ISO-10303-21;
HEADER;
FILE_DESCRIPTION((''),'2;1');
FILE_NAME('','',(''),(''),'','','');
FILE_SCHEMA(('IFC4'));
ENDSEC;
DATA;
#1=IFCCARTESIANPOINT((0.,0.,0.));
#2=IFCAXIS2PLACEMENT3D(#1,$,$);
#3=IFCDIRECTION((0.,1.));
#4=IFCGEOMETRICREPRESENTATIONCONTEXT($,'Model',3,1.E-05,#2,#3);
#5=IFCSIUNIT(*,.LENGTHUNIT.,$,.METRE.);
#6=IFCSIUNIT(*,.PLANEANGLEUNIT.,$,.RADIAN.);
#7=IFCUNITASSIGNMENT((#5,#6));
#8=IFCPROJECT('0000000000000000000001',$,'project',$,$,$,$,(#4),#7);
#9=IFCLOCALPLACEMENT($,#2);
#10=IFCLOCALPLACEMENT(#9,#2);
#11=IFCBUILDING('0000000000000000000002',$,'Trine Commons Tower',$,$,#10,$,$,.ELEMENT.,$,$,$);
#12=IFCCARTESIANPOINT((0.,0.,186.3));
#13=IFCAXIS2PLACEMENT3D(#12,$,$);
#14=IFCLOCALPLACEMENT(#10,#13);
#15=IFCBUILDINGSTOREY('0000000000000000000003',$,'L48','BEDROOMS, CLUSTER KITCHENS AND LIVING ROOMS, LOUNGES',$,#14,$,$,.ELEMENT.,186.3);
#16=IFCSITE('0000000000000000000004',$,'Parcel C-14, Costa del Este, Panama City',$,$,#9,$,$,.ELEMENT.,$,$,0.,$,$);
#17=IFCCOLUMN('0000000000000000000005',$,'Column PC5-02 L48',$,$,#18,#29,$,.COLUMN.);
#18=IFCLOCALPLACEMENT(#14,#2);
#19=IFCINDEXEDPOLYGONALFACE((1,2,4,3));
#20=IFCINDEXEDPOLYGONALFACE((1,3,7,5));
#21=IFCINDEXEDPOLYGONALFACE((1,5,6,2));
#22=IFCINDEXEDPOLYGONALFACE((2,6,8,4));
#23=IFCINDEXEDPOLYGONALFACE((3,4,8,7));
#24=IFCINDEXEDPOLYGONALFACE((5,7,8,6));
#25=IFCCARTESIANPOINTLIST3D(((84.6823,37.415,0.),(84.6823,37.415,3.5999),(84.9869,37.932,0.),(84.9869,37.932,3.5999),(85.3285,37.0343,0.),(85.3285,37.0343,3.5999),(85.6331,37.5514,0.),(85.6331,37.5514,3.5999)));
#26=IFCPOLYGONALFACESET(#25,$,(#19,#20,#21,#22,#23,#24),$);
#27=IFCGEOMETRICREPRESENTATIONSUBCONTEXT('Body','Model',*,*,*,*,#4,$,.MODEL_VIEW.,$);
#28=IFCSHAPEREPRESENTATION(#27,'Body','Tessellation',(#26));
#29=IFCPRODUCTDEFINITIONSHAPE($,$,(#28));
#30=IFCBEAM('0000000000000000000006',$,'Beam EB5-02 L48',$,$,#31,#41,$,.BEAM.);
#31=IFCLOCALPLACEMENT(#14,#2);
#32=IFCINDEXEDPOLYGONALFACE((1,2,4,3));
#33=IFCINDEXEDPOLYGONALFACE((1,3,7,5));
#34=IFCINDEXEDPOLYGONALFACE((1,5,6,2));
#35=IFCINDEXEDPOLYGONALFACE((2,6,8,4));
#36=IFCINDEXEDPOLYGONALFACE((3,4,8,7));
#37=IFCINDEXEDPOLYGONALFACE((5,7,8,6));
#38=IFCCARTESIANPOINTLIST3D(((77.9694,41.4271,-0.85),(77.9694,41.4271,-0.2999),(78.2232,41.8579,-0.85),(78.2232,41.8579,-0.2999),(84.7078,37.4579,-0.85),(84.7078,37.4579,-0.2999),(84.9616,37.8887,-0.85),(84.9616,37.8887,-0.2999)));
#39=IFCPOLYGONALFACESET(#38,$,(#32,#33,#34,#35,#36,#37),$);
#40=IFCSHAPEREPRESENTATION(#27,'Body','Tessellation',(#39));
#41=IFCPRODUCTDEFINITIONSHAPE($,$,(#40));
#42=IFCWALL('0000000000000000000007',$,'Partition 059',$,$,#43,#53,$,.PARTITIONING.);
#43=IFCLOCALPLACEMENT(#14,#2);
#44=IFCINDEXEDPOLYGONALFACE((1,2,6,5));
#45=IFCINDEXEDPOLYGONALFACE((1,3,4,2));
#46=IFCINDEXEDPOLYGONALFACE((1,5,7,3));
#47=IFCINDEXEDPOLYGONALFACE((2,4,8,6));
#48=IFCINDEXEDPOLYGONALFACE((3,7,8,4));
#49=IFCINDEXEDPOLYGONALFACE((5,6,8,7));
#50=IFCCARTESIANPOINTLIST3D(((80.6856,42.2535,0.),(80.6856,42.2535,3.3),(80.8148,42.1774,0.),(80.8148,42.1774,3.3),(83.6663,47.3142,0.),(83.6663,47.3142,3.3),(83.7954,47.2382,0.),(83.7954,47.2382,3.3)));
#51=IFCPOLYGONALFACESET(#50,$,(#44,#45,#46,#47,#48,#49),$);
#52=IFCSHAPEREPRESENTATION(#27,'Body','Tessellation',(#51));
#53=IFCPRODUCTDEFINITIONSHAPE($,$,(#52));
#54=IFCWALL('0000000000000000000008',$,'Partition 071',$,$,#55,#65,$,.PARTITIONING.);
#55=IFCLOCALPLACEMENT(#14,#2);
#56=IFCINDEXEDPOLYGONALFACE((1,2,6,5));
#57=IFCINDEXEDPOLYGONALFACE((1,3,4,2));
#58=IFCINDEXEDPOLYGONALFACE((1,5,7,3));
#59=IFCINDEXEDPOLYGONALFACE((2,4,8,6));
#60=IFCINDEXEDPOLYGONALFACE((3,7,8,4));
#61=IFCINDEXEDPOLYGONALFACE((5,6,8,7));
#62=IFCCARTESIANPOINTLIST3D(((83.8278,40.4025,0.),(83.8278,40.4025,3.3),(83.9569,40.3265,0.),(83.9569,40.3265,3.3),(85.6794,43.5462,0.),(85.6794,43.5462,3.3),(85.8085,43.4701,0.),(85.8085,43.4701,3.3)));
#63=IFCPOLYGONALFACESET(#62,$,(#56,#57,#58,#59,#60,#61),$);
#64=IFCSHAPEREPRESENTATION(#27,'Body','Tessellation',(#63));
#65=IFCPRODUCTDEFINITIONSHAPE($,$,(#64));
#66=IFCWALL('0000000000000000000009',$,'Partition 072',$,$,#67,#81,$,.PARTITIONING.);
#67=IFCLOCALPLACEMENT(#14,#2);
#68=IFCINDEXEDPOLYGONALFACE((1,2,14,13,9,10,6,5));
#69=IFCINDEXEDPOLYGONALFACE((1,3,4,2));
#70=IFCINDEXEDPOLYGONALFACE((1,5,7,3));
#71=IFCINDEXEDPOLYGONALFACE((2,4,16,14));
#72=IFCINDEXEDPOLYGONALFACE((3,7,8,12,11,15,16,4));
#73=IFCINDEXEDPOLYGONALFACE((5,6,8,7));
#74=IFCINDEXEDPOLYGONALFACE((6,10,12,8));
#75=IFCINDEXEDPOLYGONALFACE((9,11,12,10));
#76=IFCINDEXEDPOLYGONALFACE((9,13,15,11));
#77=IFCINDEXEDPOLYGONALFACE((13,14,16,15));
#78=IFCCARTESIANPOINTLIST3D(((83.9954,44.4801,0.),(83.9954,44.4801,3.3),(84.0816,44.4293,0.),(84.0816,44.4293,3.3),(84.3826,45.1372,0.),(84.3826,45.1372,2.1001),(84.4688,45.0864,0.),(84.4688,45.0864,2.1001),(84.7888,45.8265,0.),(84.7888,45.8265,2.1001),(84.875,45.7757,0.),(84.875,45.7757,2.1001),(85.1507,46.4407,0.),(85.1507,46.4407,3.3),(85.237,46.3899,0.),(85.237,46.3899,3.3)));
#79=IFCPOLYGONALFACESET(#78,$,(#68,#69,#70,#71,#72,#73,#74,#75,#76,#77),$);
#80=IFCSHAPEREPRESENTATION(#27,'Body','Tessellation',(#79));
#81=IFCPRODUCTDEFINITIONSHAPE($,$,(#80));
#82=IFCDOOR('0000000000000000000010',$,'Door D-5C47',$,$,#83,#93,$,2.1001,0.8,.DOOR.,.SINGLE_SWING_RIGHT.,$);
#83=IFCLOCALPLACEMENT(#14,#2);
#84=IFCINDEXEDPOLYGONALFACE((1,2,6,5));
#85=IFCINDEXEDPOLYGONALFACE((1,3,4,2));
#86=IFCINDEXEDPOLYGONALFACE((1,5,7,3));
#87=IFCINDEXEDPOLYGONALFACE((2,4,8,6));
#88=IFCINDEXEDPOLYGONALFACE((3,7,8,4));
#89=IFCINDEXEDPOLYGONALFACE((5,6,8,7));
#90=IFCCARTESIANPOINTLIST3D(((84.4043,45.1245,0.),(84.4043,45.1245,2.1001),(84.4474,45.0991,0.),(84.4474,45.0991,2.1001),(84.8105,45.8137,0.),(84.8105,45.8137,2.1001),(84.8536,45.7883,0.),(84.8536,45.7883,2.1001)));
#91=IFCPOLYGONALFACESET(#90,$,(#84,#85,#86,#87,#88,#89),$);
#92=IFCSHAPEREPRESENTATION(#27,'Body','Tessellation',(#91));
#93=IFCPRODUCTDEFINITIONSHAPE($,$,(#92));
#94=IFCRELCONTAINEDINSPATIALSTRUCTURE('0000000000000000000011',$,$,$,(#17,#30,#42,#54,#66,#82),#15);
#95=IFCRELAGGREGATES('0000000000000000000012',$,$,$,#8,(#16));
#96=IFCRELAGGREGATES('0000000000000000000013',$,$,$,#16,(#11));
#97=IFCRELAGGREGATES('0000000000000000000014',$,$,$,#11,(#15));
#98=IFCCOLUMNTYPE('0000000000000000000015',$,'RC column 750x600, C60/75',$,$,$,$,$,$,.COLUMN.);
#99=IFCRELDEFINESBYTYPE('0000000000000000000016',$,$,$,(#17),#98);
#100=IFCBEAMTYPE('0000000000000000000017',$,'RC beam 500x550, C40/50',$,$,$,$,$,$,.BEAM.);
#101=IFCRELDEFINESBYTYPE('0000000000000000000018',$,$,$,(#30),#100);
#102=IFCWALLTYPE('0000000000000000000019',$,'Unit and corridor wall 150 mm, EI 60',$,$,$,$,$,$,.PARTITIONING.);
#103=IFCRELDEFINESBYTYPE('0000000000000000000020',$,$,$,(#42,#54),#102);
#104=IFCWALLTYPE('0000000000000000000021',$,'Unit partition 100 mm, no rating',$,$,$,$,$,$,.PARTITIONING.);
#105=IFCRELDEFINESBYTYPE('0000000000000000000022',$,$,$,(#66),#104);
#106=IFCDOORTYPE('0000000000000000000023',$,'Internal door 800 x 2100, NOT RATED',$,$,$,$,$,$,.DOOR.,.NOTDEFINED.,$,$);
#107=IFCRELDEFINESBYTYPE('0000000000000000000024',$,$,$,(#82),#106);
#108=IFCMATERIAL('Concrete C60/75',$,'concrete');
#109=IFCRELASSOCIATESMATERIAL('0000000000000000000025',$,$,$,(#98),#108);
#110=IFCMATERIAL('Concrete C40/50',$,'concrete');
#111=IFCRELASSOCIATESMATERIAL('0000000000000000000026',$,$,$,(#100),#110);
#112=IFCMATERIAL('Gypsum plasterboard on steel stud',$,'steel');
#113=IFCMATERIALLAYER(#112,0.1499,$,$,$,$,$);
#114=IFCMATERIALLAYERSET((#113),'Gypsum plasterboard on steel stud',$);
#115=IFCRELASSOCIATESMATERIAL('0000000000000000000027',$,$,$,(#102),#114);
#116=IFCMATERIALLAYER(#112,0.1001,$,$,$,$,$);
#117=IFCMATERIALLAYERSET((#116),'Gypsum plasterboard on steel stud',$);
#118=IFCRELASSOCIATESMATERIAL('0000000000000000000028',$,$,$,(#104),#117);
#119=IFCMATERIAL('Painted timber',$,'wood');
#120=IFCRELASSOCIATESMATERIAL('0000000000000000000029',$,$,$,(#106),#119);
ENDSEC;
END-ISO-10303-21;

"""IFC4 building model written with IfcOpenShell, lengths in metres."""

from ifc_helpers import new_model, si_unit, direction, frame, frame_2d, origin, origin_2d, place, context, subcontext, project, spatial, rectangle, extrude, material, layer, layer_set, material_profile, profile_set, type_object, element, fill, save


model = new_model("IFC4")

# Units and contexts
model_context = context("Model", 3, precision=1e-05, world=origin(), true_north=direction((0.0, 1.0)))
body_context = subcontext(model_context, "Body", "Model", "MODEL_VIEW")
ifc_project = project(units=[si_unit("LENGTHUNIT", "METRE"), si_unit("PLANEANGLEUNIT", "RADIAN")], contexts=[model_context])

# Site, building, storey
site_placement = place(None, origin())
site = spatial("IfcSite", under=ifc_project, at=site_placement, Name="Parcel C-14, Costa del Este, Panama City", CompositionType="ELEMENT", RefElevation=0.0)
building_placement = place(site_placement, origin())
building = spatial("IfcBuilding", under=site, at=building_placement, Name="Trine Commons Tower", CompositionType="ELEMENT")
storey_placement = place(building_placement, frame((0.0, 0.0, 186.3)))
storey = spatial("IfcBuildingStorey", under=building, at=storey_placement, Name="L48", Description="BEDROOMS, CLUSTER KITCHENS AND LIVING ROOMS, LOUNGES", CompositionType="ELEMENT", Elevation=186.3)

# Column
ifc_material_1 = material(Name="Concrete C60/75", Category="concrete")
ifc_material_profile_1 = material_profile(ifc_material_1, rectangle(XDim=0.75, YDim=0.6001, at=origin_2d()), Name="RC 750x600")
ifc_profile_set_1 = profile_set([ifc_material_profile_1], Name="Concrete C60/75")
column_type = type_object("IfcColumnType", Name="RC column 750x600, C60/75", PredefinedType="COLUMN", material=ifc_profile_set_1)
column_placement = place(storey_placement, frame((85.1577, 37.4832, 0.0), z_axis=(0.0, 0.0, 1.0), x_axis=(-0.861629, 0.507538, 0.0)))
element("IfcColumn", 1, at=column_placement, inside=storey, type_object=column_type, Name="Column PC5-02 L48", PredefinedType="COLUMN", context=body_context, shape_type="SweptSolid", body=[
    extrude(rectangle(XDim=0.75, YDim=0.6001, at=origin_2d()), origin(), (0.0, 0.0, 1.0), 3.5999),
])

# Beam
ifc_material_2 = material(Name="Concrete C40/50", Category="concrete")
ifc_material_profile_2 = material_profile(ifc_material_2, rectangle(XDim=0.5, YDim=0.55, at=origin_2d()), Name="RC 500x550")
ifc_profile_set_2 = profile_set([ifc_material_profile_2], Name="Concrete C40/50")
beam_type = type_object("IfcBeamType", Name="RC beam 500x550, C40/50", PredefinedType="BEAM", material=ifc_profile_set_2)
beam_placement = place(storey_placement, frame((84.8347, 37.6733, -0.575), z_axis=(-0.861632, 0.507533, 0.0), x_axis=(-0.507533, -0.861632, 0.0)))
element("IfcBeam", 2, at=beam_placement, inside=storey, type_object=beam_type, Name="Beam EB5-02 L48", PredefinedType="BEAM", context=body_context, shape_type="SweptSolid", body=[
    extrude(rectangle(XDim=0.5, YDim=0.55, at=origin_2d()), origin(), (0.0, 0.0, 1.0), 7.8206),
])

# Walls
ifc_material_3 = material(Name="Gypsum plasterboard on steel stud", Category="steel")
ifc_layer_1 = layer(ifc_material_3, 0.1499)
ifc_layer_set_1 = layer_set([ifc_layer_1], Name="Gypsum plasterboard on steel stud")
wall_type_1 = type_object("IfcWallType", Name="Unit and corridor wall 150 mm, EI 60", PredefinedType="PARTITIONING", material=ifc_layer_set_1)
wall_1_placement = place(storey_placement, frame((80.7502, 42.2156, 0.0), z_axis=(0.0, 0.0, 1.0), x_axis=(0.507498, 0.861653, 0.0)))
element("IfcWall", 3, at=wall_1_placement, inside=storey, type_object=wall_type_1, Name="Partition 059", PredefinedType="PARTITIONING", context=body_context, shape_type="SweptSolid", body=[
    extrude(rectangle(XDim=5.8733, YDim=0.1499, at=frame_2d((2.9365, 0.0))), origin(), (0.0, 0.0, 1.0), 3.3),
])
wall_2_placement = place(storey_placement, frame((83.8923, 40.3645, 0.0), z_axis=(0.0, 0.0, 1.0), x_axis=(0.507511, 0.861645, 0.0)))
element("IfcWall", 4, at=wall_2_placement, inside=storey, type_object=wall_type_1, Name="Partition 071", PredefinedType="PARTITIONING", context=body_context, shape_type="SweptSolid", body=[
    extrude(rectangle(XDim=3.6484, YDim=0.1499, at=frame_2d((1.8242, 0.0))), origin(), (0.0, 0.0, 1.0), 3.3),
])

# Wall, opening, door
ifc_layer_2 = layer(ifc_material_3, 0.1001)
ifc_layer_set_2 = layer_set([ifc_layer_2], Name="Gypsum plasterboard on steel stud")
wall_type_2 = type_object("IfcWallType", Name="Unit partition 100 mm, no rating", PredefinedType="PARTITIONING", material=ifc_layer_set_2)
wall_3_placement = place(storey_placement, frame((84.0386, 44.4548, 0.0), z_axis=(0.0, 0.0, 1.0), x_axis=(0.507695, 0.861537, 0.0)))
wall_3 = element("IfcWall", 5, at=wall_3_placement, inside=storey, type_object=wall_type_2, Name="Partition 072", PredefinedType="PARTITIONING", context=body_context, shape_type="SweptSolid", body=[
    extrude(rectangle(XDim=2.2756, YDim=0.1001, at=frame_2d((1.1377, 0.0))), origin(), (0.0, 0.0, 1.0), 3.3),
])
opening_placement = place(wall_3_placement, frame((0.7627, 0.0, 0.0)))
opening = element("IfcOpeningElement", 6, at=opening_placement, cuts=wall_3, PredefinedType="OPENING", context=body_context, shape_type="SweptSolid", body=[
    extrude(rectangle(XDim=0.8, YDim=2.1001, at=frame_2d((0.3999, 1.05))), frame((0.0, 0.0601, 0.0), z_axis=(0.0, -1.0, 0.0), x_axis=(1.0, 0.0, 0.0)), (0.0, 0.0, 1.0), 0.1201),
])
ifc_material_4 = material(Name="Painted timber", Category="wood")
door_type = type_object("IfcDoorType", Name="Internal door 800 x 2100, NOT RATED", OperationType="NOTDEFINED", PredefinedType="DOOR", material=ifc_material_4)
door_placement = place(opening_placement, origin())
door = element("IfcDoor", 7, at=door_placement, inside=storey, type_object=door_type, Name="Door D-5C47", OperationType="SINGLE_SWING_RIGHT", OverallHeight=2.1001, OverallWidth=0.8, PredefinedType="DOOR", context=body_context, shape_type="SweptSolid", body=[
    extrude(rectangle(XDim=0.8, YDim=2.1001, at=frame_2d((0.3999, 1.05))), frame((0.0, 0.0249, 0.0), z_axis=(0.0, -1.0, 0.0), x_axis=(1.0, 0.0, 0.0)), (0.0, 0.0, 1.0), 0.05),
])
fill(opening, door)

save(model, "model.ifc")
